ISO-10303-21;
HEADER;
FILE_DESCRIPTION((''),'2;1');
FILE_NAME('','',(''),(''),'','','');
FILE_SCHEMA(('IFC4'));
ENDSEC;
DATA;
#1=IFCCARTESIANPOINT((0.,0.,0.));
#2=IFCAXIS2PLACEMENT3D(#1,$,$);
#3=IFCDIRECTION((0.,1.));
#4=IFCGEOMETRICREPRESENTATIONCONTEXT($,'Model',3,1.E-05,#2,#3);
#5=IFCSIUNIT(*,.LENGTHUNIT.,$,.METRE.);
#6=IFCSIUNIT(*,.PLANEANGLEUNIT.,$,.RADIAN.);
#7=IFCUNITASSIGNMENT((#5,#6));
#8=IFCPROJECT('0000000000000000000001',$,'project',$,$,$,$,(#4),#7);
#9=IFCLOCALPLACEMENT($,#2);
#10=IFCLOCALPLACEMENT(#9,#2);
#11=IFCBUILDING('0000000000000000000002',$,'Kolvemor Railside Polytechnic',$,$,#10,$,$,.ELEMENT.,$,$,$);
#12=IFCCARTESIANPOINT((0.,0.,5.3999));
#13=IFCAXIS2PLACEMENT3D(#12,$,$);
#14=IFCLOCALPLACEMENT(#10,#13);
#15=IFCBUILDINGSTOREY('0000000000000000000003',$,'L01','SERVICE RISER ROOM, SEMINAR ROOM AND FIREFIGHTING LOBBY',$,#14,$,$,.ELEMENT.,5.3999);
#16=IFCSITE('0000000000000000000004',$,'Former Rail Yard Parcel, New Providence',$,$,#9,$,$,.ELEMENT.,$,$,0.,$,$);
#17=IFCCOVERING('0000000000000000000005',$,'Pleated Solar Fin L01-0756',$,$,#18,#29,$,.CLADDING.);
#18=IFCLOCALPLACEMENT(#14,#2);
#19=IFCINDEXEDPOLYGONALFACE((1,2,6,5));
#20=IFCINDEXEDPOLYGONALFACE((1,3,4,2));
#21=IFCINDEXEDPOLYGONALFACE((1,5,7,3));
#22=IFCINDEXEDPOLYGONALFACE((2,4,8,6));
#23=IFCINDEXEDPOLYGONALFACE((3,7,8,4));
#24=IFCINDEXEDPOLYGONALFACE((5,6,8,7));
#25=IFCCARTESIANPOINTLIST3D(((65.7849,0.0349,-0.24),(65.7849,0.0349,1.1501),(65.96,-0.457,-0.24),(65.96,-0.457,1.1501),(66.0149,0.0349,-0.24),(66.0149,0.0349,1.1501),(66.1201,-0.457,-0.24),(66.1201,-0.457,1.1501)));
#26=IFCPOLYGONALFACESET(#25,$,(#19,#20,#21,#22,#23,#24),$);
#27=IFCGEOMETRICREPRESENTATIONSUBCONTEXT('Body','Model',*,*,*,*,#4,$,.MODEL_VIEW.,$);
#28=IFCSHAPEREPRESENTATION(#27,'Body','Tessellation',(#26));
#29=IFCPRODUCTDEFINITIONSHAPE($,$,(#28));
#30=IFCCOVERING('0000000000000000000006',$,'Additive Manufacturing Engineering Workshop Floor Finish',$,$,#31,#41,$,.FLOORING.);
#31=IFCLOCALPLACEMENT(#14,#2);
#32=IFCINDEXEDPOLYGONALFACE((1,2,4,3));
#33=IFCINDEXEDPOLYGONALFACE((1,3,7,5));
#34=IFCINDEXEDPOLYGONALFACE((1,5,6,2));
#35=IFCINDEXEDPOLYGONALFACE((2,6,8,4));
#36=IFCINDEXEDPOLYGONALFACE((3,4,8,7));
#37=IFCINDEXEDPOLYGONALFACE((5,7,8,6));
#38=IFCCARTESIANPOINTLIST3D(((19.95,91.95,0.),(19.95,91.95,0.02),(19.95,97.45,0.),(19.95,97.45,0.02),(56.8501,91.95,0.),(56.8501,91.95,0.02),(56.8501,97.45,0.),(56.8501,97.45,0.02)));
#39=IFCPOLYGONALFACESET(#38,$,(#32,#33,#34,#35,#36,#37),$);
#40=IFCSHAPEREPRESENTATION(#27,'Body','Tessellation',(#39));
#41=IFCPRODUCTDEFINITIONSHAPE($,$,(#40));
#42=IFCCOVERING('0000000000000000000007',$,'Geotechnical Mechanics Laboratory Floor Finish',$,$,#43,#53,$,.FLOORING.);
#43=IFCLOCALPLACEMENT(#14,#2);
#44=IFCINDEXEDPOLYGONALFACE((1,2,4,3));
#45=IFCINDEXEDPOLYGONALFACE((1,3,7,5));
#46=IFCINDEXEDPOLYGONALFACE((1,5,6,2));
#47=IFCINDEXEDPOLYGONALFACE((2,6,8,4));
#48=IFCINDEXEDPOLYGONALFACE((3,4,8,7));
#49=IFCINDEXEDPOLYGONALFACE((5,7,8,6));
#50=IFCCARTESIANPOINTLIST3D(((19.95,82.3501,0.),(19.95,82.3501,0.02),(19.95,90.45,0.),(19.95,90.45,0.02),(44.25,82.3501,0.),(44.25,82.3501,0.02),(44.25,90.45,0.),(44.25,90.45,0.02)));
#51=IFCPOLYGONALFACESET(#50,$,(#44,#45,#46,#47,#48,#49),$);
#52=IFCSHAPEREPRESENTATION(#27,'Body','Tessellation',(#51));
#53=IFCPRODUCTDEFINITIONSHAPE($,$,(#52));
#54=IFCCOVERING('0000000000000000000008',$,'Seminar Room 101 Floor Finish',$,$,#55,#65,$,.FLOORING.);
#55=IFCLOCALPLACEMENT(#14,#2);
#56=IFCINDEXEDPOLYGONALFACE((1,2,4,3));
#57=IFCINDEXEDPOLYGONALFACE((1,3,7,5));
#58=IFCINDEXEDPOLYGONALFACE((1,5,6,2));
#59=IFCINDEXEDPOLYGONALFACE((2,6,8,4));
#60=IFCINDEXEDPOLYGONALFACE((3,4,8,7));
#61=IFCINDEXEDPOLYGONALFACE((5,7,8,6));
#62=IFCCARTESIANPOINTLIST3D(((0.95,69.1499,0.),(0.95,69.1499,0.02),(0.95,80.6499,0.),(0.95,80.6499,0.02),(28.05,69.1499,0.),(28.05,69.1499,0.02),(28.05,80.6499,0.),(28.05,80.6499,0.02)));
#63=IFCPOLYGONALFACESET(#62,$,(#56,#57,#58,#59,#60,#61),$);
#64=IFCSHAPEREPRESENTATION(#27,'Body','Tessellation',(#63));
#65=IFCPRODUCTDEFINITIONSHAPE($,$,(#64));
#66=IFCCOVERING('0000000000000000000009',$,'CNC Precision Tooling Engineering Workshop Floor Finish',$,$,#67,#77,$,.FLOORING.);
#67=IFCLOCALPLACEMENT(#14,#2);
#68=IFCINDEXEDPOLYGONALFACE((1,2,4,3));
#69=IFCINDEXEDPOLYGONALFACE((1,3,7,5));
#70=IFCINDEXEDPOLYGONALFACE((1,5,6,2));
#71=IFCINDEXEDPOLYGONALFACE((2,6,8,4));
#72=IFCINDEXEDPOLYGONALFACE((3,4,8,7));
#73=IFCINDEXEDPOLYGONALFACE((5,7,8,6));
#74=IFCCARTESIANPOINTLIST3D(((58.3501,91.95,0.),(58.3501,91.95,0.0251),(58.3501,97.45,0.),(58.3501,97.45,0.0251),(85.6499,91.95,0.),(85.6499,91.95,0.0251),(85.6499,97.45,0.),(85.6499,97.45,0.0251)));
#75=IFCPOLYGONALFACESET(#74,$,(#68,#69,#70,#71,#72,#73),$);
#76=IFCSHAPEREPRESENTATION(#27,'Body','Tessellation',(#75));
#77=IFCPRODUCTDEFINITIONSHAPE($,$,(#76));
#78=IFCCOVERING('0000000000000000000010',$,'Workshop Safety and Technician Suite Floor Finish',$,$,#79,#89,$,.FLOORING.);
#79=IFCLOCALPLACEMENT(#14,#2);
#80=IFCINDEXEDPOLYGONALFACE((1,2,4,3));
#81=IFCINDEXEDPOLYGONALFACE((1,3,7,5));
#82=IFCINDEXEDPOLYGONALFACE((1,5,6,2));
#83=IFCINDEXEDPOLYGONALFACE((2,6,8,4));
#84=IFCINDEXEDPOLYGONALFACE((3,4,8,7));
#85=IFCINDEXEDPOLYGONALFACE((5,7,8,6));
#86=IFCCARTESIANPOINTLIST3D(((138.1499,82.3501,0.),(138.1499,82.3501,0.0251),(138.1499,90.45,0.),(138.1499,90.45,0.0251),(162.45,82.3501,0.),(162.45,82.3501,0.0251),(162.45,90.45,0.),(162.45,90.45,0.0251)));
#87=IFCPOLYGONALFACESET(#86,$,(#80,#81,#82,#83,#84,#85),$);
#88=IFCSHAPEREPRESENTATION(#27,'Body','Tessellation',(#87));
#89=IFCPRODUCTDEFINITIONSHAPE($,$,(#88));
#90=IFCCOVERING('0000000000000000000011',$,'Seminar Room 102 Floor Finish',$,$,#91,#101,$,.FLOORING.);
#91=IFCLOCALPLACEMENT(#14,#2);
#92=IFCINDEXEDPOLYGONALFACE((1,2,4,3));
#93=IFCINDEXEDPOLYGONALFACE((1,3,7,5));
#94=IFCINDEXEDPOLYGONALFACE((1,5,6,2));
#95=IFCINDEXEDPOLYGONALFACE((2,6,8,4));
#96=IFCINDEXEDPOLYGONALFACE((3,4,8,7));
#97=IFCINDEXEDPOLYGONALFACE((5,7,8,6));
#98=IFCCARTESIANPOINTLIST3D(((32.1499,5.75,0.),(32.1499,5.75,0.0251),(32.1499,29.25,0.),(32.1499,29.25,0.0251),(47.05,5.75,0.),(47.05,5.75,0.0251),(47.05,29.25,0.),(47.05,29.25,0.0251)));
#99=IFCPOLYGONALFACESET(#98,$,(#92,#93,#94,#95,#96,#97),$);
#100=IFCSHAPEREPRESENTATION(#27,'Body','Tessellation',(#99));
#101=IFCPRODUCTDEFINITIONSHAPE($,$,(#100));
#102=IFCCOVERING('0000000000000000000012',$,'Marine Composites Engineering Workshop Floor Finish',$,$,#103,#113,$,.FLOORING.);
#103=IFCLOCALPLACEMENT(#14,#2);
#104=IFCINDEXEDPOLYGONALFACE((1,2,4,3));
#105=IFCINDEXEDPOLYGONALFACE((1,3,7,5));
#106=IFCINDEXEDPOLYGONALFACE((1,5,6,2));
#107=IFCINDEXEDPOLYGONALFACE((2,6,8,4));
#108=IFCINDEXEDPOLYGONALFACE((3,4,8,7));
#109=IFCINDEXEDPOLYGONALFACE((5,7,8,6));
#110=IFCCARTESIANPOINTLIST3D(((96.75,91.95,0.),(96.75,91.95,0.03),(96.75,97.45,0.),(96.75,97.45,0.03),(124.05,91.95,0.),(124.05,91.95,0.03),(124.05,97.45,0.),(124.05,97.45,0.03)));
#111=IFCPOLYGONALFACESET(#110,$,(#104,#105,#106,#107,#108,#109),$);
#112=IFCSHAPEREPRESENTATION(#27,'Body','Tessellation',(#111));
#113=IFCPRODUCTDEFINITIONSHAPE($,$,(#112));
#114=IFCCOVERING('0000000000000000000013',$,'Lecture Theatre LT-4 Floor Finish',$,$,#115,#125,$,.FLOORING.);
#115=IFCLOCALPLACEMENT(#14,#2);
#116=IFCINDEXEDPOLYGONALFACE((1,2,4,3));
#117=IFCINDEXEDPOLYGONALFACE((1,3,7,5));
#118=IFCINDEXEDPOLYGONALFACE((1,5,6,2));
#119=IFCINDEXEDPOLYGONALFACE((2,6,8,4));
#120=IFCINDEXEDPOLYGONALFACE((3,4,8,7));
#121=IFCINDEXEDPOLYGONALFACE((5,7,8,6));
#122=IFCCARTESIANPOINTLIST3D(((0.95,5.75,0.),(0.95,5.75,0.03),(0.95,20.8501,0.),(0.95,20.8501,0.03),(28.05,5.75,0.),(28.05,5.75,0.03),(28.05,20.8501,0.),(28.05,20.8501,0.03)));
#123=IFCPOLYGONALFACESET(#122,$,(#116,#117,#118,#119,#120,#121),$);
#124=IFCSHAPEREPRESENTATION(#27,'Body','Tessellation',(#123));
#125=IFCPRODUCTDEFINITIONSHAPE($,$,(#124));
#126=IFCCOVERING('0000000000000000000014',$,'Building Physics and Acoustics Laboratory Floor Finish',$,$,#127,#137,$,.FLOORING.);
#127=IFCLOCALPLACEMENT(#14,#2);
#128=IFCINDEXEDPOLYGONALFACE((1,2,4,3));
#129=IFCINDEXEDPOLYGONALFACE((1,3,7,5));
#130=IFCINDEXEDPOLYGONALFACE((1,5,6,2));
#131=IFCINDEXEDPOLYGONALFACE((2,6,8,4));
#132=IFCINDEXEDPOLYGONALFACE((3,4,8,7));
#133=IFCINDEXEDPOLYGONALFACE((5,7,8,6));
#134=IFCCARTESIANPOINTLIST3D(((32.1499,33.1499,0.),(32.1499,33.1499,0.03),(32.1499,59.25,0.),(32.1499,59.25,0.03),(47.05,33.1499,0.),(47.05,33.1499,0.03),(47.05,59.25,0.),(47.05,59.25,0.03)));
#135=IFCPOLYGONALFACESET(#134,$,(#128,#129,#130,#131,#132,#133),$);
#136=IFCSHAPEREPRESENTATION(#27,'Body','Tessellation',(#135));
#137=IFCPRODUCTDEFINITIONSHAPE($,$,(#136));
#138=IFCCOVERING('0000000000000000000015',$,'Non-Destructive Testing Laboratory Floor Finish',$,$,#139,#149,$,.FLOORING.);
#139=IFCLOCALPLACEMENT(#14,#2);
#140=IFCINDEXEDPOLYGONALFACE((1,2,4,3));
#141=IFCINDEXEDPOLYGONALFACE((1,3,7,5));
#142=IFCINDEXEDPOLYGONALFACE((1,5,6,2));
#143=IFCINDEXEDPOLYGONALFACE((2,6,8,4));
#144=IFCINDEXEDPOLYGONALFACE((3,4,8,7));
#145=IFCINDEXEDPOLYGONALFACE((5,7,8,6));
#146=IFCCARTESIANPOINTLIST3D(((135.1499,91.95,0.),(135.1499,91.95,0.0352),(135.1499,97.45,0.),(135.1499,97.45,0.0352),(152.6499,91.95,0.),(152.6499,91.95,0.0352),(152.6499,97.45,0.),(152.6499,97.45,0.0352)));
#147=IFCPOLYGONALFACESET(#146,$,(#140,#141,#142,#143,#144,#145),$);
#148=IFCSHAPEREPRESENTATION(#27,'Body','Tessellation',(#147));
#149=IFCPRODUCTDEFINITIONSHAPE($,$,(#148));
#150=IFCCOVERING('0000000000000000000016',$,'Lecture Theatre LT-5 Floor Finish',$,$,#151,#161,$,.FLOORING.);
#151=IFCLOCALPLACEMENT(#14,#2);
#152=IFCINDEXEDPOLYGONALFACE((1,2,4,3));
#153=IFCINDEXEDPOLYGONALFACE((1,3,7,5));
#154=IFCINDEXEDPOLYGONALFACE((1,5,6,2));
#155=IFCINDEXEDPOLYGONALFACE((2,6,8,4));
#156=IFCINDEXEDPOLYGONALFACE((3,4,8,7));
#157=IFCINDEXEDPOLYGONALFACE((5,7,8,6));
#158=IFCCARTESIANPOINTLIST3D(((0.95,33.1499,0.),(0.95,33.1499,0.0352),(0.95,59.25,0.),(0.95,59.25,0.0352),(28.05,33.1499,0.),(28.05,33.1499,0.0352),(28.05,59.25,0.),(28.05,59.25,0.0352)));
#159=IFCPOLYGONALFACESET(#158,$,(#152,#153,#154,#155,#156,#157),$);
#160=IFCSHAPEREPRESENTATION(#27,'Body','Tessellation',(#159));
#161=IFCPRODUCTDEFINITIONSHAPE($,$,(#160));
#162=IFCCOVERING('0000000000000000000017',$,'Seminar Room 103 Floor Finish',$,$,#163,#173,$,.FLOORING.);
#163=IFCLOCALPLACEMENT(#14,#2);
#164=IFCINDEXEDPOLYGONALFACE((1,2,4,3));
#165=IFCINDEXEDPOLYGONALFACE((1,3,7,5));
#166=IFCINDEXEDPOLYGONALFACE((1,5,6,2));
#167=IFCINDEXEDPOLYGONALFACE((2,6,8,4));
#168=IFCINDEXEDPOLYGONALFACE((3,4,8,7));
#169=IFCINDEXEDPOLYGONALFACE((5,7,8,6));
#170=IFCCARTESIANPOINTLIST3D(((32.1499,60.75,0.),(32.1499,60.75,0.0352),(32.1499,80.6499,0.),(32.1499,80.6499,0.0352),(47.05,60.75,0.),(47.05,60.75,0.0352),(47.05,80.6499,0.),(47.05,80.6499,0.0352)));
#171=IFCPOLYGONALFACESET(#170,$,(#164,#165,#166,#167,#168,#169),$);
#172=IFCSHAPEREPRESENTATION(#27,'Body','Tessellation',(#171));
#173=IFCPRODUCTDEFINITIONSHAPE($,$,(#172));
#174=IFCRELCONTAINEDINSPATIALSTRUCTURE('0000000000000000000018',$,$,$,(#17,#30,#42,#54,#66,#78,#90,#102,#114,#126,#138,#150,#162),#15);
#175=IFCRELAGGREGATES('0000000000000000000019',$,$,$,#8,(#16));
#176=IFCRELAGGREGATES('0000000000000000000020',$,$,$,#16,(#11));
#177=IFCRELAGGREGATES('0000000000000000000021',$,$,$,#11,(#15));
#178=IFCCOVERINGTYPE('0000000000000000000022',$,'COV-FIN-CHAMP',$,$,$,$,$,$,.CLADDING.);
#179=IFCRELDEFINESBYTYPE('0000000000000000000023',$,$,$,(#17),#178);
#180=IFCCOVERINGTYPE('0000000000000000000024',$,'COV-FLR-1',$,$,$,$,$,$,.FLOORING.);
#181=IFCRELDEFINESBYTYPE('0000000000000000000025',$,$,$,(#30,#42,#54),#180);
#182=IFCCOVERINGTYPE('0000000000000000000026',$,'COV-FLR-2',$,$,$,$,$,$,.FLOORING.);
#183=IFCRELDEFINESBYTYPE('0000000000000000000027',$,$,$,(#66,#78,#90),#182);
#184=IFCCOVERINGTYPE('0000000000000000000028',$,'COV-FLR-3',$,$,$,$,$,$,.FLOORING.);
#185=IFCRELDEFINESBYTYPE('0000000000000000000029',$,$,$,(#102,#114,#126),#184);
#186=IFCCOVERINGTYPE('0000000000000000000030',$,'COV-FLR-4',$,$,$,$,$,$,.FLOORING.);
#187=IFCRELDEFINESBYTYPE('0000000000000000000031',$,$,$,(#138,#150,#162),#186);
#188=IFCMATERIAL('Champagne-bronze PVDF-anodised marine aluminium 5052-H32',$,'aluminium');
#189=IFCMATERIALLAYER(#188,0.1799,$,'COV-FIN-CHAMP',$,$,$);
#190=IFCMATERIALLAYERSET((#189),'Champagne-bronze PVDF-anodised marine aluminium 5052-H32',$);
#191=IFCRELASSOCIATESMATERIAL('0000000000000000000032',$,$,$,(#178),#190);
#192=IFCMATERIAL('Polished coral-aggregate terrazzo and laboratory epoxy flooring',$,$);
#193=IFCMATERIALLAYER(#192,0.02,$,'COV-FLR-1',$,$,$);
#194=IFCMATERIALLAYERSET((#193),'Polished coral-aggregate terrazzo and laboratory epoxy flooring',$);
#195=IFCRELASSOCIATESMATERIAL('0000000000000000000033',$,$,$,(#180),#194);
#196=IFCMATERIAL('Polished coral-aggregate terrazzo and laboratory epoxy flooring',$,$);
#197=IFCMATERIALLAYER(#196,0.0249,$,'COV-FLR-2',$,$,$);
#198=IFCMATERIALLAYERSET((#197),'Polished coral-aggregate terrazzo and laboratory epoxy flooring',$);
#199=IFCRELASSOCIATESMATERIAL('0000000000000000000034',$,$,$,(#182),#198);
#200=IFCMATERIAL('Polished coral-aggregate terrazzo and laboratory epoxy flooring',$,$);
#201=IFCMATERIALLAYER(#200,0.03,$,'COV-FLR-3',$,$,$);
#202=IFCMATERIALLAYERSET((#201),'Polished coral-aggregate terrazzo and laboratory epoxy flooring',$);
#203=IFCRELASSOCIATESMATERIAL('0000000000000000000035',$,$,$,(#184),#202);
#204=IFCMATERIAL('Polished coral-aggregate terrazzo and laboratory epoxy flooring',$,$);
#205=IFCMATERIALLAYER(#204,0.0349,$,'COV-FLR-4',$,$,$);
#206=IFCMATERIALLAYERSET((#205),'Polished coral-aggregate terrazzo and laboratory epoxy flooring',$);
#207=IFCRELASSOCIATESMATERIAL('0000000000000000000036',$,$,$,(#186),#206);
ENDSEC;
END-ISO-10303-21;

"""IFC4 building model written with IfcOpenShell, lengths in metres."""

from ifc_helpers import new_model, si_unit, direction, frame, origin, place, context, subcontext, project, spatial, polyline, outline, extrude, material, layer, layer_set, type_object, element, save


model = new_model("IFC4")

# Units and contexts
model_context = context("Model", 3, precision=1e-05, world=origin(), true_north=direction((0.0, 1.0)))
body_context = subcontext(model_context, "Body", "Model", "MODEL_VIEW")
ifc_project = project(units=[si_unit("LENGTHUNIT", "METRE"), si_unit("PLANEANGLEUNIT", "RADIAN")], contexts=[model_context])

# Site, building, storey
site_placement = place(None, origin())
site = spatial("IfcSite", under=ifc_project, at=site_placement, Name="Former Rail Yard Parcel, New Providence", CompositionType="ELEMENT", RefElevation=0.0)
building_placement = place(site_placement, origin())
building = spatial("IfcBuilding", under=site, at=building_placement, Name="Kolvemor Railside Polytechnic", CompositionType="ELEMENT")
storey_placement = place(building_placement, frame((0.0, 0.0, 5.3999)))
storey = spatial("IfcBuildingStorey", under=building, at=storey_placement, Name="L01", Description="SERVICE RISER ROOM, SEMINAR ROOM AND FIREFIGHTING LOBBY", CompositionType="ELEMENT", Elevation=5.3999)

# Coverings
ifc_material_1 = material(Name="Champagne-bronze PVDF-anodised marine aluminium 5052-H32", Category="aluminium")
ifc_layer_1 = layer(ifc_material_1, 0.1799, Name="COV-FIN-CHAMP")
ifc_layer_set_1 = layer_set([ifc_layer_1], Name="Champagne-bronze PVDF-anodised marine aluminium 5052-H32")
covering_type_1 = type_object("IfcCoveringType", Name="COV-FIN-CHAMP", PredefinedType="CLADDING", material=ifc_layer_set_1)
covering_1_placement = place(storey_placement, frame((0.0, 0.0, -0.24)))
element("IfcCovering", 1, at=covering_1_placement, inside=storey, type_object=covering_type_1, Name="Pleated Solar Fin L01-0756", PredefinedType="CLADDING", context=body_context, shape_type="SweptSolid", body=[
    extrude(outline(polyline([(65.7849, 0.0349), (66.0149, 0.0349), (66.1201, -0.457), (65.96, -0.457), (65.7849, 0.0349)])), origin(), (0.0, 0.0, 1.0), 1.3901),
])
ifc_material_2 = material(Name="Polished coral-aggregate terrazzo and laboratory epoxy flooring")
ifc_layer_2 = layer(ifc_material_2, 0.02, Name="COV-FLR-1")
ifc_layer_set_2 = layer_set([ifc_layer_2], Name="Polished coral-aggregate terrazzo and laboratory epoxy flooring")
covering_type_2 = type_object("IfcCoveringType", Name="COV-FLR-1", PredefinedType="FLOORING", material=ifc_layer_set_2)
covering_2_placement = place(storey_placement, origin())
element("IfcCovering", 2, at=covering_2_placement, inside=storey, type_object=covering_type_2, Name="Additive Manufacturing Engineering Workshop Floor Finish", PredefinedType="FLOORING", context=body_context, shape_type="SweptSolid", body=[
    extrude(outline(polyline([(19.95, 91.95), (56.8501, 91.95), (56.8501, 97.45), (19.95, 97.45), (19.95, 91.95)])), origin(), (0.0, 0.0, 1.0), 0.02),
])
covering_3_placement = place(storey_placement, origin())
element("IfcCovering", 3, at=covering_3_placement, inside=storey, type_object=covering_type_2, Name="Geotechnical Mechanics Laboratory Floor Finish", PredefinedType="FLOORING", context=body_context, shape_type="SweptSolid", body=[
    extrude(outline(polyline([(19.95, 82.3501), (44.25, 82.3501), (44.25, 90.45), (19.95, 90.45), (19.95, 82.3501)])), origin(), (0.0, 0.0, 1.0), 0.02),
])
covering_4_placement = place(storey_placement, origin())
element("IfcCovering", 4, at=covering_4_placement, inside=storey, type_object=covering_type_2, Name="Seminar Room 101 Floor Finish", PredefinedType="FLOORING", context=body_context, shape_type="SweptSolid", body=[
    extrude(outline(polyline([(0.95, 69.1499), (28.05, 69.1499), (28.05, 80.6499), (0.95, 80.6499), (0.95, 69.1499)])), origin(), (0.0, 0.0, 1.0), 0.02),
])
ifc_material_3 = material(Name="Polished coral-aggregate terrazzo and laboratory epoxy flooring")
ifc_layer_3 = layer(ifc_material_3, 0.0249, Name="COV-FLR-2")
ifc_layer_set_3 = layer_set([ifc_layer_3], Name="Polished coral-aggregate terrazzo and laboratory epoxy flooring")
covering_type_3 = type_object("IfcCoveringType", Name="COV-FLR-2", PredefinedType="FLOORING", material=ifc_layer_set_3)
covering_5_placement = place(storey_placement, origin())
element("IfcCovering", 5, at=covering_5_placement, inside=storey, type_object=covering_type_3, Name="CNC Precision Tooling Engineering Workshop Floor Finish", PredefinedType="FLOORING", context=body_context, shape_type="SweptSolid", body=[
    extrude(outline(polyline([(58.3501, 91.95), (85.6499, 91.95), (85.6499, 97.45), (58.3501, 97.45), (58.3501, 91.95)])), origin(), (0.0, 0.0, 1.0), 0.0251),
])
covering_6_placement = place(storey_placement, origin())
element("IfcCovering", 6, at=covering_6_placement, inside=storey, type_object=covering_type_3, Name="Workshop Safety and Technician Suite Floor Finish", PredefinedType="FLOORING", context=body_context, shape_type="SweptSolid", body=[
    extrude(outline(polyline([(138.1499, 82.3501), (162.45, 82.3501), (162.45, 90.45), (138.1499, 90.45), (138.1499, 82.3501)])), origin(), (0.0, 0.0, 1.0), 0.0251),
])
covering_7_placement = place(storey_placement, origin())
element("IfcCovering", 7, at=covering_7_placement, inside=storey, type_object=covering_type_3, Name="Seminar Room 102 Floor Finish", PredefinedType="FLOORING", context=body_context, shape_type="SweptSolid", body=[
    extrude(outline(polyline([(32.1499, 5.75), (47.05, 5.75), (47.05, 29.25), (32.1499, 29.25), (32.1499, 5.75)])), origin(), (0.0, 0.0, 1.0), 0.0251),
])
ifc_material_4 = material(Name="Polished coral-aggregate terrazzo and laboratory epoxy flooring")
ifc_layer_4 = layer(ifc_material_4, 0.03, Name="COV-FLR-3")
ifc_layer_set_4 = layer_set([ifc_layer_4], Name="Polished coral-aggregate terrazzo and laboratory epoxy flooring")
covering_type_4 = type_object("IfcCoveringType", Name="COV-FLR-3", PredefinedType="FLOORING", material=ifc_layer_set_4)
covering_8_placement = place(storey_placement, origin())
element("IfcCovering", 8, at=covering_8_placement, inside=storey, type_object=covering_type_4, Name="Marine Composites Engineering Workshop Floor Finish", PredefinedType="FLOORING", context=body_context, shape_type="SweptSolid", body=[
    extrude(outline(polyline([(96.75, 91.95), (124.05, 91.95), (124.05, 97.45), (96.75, 97.45), (96.75, 91.95)])), origin(), (0.0, 0.0, 1.0), 0.03),
])
covering_9_placement = place(storey_placement, origin())
element("IfcCovering", 9, at=covering_9_placement, inside=storey, type_object=covering_type_4, Name="Lecture Theatre LT-4 Floor Finish", PredefinedType="FLOORING", context=body_context, shape_type="SweptSolid", body=[
    extrude(outline(polyline([(0.95, 5.75), (28.05, 5.75), (28.05, 20.8501), (0.95, 20.8501), (0.95, 5.75)])), origin(), (0.0, 0.0, 1.0), 0.03),
])
covering_10_placement = place(storey_placement, origin())
element("IfcCovering", 10, at=covering_10_placement, inside=storey, type_object=covering_type_4, Name="Building Physics and Acoustics Laboratory Floor Finish", PredefinedType="FLOORING", context=body_context, shape_type="SweptSolid", body=[
    extrude(outline(polyline([(32.1499, 33.1499), (47.05, 33.1499), (47.05, 59.25), (32.1499, 59.25), (32.1499, 33.1499)])), origin(), (0.0, 0.0, 1.0), 0.03),
])
ifc_material_5 = material(Name="Polished coral-aggregate terrazzo and laboratory epoxy flooring")
ifc_layer_5 = layer(ifc_material_5, 0.0349, Name="COV-FLR-4")
ifc_layer_set_5 = layer_set([ifc_layer_5], Name="Polished coral-aggregate terrazzo and laboratory epoxy flooring")
covering_type_5 = type_object("IfcCoveringType", Name="COV-FLR-4", PredefinedType="FLOORING", material=ifc_layer_set_5)
covering_11_placement = place(storey_placement, origin())
element("IfcCovering", 11, at=covering_11_placement, inside=storey, type_object=covering_type_5, Name="Non-Destructive Testing Laboratory Floor Finish", PredefinedType="FLOORING", context=body_context, shape_type="SweptSolid", body=[
    extrude(outline(polyline([(135.1499, 91.95), (152.6499, 91.95), (152.6499, 97.45), (135.1499, 97.45), (135.1499, 91.95)])), origin(), (0.0, 0.0, 1.0), 0.0352),
])
covering_12_placement = place(storey_placement, origin())
element("IfcCovering", 12, at=covering_12_placement, inside=storey, type_object=covering_type_5, Name="Lecture Theatre LT-5 Floor Finish", PredefinedType="FLOORING", context=body_context, shape_type="SweptSolid", body=[
    extrude(outline(polyline([(0.95, 33.1499), (28.05, 33.1499), (28.05, 59.25), (0.95, 59.25), (0.95, 33.1499)])), origin(), (0.0, 0.0, 1.0), 0.0352),
])
covering_13_placement = place(storey_placement, origin())
element("IfcCovering", 13, at=covering_13_placement, inside=storey, type_object=covering_type_5, Name="Seminar Room 103 Floor Finish", PredefinedType="FLOORING", context=body_context, shape_type="SweptSolid", body=[
    extrude(outline(polyline([(32.1499, 60.75), (47.05, 60.75), (47.05, 80.6499), (32.1499, 80.6499), (32.1499, 60.75)])), origin(), (0.0, 0.0, 1.0), 0.0352),
])

save(model, "model.ifc")
